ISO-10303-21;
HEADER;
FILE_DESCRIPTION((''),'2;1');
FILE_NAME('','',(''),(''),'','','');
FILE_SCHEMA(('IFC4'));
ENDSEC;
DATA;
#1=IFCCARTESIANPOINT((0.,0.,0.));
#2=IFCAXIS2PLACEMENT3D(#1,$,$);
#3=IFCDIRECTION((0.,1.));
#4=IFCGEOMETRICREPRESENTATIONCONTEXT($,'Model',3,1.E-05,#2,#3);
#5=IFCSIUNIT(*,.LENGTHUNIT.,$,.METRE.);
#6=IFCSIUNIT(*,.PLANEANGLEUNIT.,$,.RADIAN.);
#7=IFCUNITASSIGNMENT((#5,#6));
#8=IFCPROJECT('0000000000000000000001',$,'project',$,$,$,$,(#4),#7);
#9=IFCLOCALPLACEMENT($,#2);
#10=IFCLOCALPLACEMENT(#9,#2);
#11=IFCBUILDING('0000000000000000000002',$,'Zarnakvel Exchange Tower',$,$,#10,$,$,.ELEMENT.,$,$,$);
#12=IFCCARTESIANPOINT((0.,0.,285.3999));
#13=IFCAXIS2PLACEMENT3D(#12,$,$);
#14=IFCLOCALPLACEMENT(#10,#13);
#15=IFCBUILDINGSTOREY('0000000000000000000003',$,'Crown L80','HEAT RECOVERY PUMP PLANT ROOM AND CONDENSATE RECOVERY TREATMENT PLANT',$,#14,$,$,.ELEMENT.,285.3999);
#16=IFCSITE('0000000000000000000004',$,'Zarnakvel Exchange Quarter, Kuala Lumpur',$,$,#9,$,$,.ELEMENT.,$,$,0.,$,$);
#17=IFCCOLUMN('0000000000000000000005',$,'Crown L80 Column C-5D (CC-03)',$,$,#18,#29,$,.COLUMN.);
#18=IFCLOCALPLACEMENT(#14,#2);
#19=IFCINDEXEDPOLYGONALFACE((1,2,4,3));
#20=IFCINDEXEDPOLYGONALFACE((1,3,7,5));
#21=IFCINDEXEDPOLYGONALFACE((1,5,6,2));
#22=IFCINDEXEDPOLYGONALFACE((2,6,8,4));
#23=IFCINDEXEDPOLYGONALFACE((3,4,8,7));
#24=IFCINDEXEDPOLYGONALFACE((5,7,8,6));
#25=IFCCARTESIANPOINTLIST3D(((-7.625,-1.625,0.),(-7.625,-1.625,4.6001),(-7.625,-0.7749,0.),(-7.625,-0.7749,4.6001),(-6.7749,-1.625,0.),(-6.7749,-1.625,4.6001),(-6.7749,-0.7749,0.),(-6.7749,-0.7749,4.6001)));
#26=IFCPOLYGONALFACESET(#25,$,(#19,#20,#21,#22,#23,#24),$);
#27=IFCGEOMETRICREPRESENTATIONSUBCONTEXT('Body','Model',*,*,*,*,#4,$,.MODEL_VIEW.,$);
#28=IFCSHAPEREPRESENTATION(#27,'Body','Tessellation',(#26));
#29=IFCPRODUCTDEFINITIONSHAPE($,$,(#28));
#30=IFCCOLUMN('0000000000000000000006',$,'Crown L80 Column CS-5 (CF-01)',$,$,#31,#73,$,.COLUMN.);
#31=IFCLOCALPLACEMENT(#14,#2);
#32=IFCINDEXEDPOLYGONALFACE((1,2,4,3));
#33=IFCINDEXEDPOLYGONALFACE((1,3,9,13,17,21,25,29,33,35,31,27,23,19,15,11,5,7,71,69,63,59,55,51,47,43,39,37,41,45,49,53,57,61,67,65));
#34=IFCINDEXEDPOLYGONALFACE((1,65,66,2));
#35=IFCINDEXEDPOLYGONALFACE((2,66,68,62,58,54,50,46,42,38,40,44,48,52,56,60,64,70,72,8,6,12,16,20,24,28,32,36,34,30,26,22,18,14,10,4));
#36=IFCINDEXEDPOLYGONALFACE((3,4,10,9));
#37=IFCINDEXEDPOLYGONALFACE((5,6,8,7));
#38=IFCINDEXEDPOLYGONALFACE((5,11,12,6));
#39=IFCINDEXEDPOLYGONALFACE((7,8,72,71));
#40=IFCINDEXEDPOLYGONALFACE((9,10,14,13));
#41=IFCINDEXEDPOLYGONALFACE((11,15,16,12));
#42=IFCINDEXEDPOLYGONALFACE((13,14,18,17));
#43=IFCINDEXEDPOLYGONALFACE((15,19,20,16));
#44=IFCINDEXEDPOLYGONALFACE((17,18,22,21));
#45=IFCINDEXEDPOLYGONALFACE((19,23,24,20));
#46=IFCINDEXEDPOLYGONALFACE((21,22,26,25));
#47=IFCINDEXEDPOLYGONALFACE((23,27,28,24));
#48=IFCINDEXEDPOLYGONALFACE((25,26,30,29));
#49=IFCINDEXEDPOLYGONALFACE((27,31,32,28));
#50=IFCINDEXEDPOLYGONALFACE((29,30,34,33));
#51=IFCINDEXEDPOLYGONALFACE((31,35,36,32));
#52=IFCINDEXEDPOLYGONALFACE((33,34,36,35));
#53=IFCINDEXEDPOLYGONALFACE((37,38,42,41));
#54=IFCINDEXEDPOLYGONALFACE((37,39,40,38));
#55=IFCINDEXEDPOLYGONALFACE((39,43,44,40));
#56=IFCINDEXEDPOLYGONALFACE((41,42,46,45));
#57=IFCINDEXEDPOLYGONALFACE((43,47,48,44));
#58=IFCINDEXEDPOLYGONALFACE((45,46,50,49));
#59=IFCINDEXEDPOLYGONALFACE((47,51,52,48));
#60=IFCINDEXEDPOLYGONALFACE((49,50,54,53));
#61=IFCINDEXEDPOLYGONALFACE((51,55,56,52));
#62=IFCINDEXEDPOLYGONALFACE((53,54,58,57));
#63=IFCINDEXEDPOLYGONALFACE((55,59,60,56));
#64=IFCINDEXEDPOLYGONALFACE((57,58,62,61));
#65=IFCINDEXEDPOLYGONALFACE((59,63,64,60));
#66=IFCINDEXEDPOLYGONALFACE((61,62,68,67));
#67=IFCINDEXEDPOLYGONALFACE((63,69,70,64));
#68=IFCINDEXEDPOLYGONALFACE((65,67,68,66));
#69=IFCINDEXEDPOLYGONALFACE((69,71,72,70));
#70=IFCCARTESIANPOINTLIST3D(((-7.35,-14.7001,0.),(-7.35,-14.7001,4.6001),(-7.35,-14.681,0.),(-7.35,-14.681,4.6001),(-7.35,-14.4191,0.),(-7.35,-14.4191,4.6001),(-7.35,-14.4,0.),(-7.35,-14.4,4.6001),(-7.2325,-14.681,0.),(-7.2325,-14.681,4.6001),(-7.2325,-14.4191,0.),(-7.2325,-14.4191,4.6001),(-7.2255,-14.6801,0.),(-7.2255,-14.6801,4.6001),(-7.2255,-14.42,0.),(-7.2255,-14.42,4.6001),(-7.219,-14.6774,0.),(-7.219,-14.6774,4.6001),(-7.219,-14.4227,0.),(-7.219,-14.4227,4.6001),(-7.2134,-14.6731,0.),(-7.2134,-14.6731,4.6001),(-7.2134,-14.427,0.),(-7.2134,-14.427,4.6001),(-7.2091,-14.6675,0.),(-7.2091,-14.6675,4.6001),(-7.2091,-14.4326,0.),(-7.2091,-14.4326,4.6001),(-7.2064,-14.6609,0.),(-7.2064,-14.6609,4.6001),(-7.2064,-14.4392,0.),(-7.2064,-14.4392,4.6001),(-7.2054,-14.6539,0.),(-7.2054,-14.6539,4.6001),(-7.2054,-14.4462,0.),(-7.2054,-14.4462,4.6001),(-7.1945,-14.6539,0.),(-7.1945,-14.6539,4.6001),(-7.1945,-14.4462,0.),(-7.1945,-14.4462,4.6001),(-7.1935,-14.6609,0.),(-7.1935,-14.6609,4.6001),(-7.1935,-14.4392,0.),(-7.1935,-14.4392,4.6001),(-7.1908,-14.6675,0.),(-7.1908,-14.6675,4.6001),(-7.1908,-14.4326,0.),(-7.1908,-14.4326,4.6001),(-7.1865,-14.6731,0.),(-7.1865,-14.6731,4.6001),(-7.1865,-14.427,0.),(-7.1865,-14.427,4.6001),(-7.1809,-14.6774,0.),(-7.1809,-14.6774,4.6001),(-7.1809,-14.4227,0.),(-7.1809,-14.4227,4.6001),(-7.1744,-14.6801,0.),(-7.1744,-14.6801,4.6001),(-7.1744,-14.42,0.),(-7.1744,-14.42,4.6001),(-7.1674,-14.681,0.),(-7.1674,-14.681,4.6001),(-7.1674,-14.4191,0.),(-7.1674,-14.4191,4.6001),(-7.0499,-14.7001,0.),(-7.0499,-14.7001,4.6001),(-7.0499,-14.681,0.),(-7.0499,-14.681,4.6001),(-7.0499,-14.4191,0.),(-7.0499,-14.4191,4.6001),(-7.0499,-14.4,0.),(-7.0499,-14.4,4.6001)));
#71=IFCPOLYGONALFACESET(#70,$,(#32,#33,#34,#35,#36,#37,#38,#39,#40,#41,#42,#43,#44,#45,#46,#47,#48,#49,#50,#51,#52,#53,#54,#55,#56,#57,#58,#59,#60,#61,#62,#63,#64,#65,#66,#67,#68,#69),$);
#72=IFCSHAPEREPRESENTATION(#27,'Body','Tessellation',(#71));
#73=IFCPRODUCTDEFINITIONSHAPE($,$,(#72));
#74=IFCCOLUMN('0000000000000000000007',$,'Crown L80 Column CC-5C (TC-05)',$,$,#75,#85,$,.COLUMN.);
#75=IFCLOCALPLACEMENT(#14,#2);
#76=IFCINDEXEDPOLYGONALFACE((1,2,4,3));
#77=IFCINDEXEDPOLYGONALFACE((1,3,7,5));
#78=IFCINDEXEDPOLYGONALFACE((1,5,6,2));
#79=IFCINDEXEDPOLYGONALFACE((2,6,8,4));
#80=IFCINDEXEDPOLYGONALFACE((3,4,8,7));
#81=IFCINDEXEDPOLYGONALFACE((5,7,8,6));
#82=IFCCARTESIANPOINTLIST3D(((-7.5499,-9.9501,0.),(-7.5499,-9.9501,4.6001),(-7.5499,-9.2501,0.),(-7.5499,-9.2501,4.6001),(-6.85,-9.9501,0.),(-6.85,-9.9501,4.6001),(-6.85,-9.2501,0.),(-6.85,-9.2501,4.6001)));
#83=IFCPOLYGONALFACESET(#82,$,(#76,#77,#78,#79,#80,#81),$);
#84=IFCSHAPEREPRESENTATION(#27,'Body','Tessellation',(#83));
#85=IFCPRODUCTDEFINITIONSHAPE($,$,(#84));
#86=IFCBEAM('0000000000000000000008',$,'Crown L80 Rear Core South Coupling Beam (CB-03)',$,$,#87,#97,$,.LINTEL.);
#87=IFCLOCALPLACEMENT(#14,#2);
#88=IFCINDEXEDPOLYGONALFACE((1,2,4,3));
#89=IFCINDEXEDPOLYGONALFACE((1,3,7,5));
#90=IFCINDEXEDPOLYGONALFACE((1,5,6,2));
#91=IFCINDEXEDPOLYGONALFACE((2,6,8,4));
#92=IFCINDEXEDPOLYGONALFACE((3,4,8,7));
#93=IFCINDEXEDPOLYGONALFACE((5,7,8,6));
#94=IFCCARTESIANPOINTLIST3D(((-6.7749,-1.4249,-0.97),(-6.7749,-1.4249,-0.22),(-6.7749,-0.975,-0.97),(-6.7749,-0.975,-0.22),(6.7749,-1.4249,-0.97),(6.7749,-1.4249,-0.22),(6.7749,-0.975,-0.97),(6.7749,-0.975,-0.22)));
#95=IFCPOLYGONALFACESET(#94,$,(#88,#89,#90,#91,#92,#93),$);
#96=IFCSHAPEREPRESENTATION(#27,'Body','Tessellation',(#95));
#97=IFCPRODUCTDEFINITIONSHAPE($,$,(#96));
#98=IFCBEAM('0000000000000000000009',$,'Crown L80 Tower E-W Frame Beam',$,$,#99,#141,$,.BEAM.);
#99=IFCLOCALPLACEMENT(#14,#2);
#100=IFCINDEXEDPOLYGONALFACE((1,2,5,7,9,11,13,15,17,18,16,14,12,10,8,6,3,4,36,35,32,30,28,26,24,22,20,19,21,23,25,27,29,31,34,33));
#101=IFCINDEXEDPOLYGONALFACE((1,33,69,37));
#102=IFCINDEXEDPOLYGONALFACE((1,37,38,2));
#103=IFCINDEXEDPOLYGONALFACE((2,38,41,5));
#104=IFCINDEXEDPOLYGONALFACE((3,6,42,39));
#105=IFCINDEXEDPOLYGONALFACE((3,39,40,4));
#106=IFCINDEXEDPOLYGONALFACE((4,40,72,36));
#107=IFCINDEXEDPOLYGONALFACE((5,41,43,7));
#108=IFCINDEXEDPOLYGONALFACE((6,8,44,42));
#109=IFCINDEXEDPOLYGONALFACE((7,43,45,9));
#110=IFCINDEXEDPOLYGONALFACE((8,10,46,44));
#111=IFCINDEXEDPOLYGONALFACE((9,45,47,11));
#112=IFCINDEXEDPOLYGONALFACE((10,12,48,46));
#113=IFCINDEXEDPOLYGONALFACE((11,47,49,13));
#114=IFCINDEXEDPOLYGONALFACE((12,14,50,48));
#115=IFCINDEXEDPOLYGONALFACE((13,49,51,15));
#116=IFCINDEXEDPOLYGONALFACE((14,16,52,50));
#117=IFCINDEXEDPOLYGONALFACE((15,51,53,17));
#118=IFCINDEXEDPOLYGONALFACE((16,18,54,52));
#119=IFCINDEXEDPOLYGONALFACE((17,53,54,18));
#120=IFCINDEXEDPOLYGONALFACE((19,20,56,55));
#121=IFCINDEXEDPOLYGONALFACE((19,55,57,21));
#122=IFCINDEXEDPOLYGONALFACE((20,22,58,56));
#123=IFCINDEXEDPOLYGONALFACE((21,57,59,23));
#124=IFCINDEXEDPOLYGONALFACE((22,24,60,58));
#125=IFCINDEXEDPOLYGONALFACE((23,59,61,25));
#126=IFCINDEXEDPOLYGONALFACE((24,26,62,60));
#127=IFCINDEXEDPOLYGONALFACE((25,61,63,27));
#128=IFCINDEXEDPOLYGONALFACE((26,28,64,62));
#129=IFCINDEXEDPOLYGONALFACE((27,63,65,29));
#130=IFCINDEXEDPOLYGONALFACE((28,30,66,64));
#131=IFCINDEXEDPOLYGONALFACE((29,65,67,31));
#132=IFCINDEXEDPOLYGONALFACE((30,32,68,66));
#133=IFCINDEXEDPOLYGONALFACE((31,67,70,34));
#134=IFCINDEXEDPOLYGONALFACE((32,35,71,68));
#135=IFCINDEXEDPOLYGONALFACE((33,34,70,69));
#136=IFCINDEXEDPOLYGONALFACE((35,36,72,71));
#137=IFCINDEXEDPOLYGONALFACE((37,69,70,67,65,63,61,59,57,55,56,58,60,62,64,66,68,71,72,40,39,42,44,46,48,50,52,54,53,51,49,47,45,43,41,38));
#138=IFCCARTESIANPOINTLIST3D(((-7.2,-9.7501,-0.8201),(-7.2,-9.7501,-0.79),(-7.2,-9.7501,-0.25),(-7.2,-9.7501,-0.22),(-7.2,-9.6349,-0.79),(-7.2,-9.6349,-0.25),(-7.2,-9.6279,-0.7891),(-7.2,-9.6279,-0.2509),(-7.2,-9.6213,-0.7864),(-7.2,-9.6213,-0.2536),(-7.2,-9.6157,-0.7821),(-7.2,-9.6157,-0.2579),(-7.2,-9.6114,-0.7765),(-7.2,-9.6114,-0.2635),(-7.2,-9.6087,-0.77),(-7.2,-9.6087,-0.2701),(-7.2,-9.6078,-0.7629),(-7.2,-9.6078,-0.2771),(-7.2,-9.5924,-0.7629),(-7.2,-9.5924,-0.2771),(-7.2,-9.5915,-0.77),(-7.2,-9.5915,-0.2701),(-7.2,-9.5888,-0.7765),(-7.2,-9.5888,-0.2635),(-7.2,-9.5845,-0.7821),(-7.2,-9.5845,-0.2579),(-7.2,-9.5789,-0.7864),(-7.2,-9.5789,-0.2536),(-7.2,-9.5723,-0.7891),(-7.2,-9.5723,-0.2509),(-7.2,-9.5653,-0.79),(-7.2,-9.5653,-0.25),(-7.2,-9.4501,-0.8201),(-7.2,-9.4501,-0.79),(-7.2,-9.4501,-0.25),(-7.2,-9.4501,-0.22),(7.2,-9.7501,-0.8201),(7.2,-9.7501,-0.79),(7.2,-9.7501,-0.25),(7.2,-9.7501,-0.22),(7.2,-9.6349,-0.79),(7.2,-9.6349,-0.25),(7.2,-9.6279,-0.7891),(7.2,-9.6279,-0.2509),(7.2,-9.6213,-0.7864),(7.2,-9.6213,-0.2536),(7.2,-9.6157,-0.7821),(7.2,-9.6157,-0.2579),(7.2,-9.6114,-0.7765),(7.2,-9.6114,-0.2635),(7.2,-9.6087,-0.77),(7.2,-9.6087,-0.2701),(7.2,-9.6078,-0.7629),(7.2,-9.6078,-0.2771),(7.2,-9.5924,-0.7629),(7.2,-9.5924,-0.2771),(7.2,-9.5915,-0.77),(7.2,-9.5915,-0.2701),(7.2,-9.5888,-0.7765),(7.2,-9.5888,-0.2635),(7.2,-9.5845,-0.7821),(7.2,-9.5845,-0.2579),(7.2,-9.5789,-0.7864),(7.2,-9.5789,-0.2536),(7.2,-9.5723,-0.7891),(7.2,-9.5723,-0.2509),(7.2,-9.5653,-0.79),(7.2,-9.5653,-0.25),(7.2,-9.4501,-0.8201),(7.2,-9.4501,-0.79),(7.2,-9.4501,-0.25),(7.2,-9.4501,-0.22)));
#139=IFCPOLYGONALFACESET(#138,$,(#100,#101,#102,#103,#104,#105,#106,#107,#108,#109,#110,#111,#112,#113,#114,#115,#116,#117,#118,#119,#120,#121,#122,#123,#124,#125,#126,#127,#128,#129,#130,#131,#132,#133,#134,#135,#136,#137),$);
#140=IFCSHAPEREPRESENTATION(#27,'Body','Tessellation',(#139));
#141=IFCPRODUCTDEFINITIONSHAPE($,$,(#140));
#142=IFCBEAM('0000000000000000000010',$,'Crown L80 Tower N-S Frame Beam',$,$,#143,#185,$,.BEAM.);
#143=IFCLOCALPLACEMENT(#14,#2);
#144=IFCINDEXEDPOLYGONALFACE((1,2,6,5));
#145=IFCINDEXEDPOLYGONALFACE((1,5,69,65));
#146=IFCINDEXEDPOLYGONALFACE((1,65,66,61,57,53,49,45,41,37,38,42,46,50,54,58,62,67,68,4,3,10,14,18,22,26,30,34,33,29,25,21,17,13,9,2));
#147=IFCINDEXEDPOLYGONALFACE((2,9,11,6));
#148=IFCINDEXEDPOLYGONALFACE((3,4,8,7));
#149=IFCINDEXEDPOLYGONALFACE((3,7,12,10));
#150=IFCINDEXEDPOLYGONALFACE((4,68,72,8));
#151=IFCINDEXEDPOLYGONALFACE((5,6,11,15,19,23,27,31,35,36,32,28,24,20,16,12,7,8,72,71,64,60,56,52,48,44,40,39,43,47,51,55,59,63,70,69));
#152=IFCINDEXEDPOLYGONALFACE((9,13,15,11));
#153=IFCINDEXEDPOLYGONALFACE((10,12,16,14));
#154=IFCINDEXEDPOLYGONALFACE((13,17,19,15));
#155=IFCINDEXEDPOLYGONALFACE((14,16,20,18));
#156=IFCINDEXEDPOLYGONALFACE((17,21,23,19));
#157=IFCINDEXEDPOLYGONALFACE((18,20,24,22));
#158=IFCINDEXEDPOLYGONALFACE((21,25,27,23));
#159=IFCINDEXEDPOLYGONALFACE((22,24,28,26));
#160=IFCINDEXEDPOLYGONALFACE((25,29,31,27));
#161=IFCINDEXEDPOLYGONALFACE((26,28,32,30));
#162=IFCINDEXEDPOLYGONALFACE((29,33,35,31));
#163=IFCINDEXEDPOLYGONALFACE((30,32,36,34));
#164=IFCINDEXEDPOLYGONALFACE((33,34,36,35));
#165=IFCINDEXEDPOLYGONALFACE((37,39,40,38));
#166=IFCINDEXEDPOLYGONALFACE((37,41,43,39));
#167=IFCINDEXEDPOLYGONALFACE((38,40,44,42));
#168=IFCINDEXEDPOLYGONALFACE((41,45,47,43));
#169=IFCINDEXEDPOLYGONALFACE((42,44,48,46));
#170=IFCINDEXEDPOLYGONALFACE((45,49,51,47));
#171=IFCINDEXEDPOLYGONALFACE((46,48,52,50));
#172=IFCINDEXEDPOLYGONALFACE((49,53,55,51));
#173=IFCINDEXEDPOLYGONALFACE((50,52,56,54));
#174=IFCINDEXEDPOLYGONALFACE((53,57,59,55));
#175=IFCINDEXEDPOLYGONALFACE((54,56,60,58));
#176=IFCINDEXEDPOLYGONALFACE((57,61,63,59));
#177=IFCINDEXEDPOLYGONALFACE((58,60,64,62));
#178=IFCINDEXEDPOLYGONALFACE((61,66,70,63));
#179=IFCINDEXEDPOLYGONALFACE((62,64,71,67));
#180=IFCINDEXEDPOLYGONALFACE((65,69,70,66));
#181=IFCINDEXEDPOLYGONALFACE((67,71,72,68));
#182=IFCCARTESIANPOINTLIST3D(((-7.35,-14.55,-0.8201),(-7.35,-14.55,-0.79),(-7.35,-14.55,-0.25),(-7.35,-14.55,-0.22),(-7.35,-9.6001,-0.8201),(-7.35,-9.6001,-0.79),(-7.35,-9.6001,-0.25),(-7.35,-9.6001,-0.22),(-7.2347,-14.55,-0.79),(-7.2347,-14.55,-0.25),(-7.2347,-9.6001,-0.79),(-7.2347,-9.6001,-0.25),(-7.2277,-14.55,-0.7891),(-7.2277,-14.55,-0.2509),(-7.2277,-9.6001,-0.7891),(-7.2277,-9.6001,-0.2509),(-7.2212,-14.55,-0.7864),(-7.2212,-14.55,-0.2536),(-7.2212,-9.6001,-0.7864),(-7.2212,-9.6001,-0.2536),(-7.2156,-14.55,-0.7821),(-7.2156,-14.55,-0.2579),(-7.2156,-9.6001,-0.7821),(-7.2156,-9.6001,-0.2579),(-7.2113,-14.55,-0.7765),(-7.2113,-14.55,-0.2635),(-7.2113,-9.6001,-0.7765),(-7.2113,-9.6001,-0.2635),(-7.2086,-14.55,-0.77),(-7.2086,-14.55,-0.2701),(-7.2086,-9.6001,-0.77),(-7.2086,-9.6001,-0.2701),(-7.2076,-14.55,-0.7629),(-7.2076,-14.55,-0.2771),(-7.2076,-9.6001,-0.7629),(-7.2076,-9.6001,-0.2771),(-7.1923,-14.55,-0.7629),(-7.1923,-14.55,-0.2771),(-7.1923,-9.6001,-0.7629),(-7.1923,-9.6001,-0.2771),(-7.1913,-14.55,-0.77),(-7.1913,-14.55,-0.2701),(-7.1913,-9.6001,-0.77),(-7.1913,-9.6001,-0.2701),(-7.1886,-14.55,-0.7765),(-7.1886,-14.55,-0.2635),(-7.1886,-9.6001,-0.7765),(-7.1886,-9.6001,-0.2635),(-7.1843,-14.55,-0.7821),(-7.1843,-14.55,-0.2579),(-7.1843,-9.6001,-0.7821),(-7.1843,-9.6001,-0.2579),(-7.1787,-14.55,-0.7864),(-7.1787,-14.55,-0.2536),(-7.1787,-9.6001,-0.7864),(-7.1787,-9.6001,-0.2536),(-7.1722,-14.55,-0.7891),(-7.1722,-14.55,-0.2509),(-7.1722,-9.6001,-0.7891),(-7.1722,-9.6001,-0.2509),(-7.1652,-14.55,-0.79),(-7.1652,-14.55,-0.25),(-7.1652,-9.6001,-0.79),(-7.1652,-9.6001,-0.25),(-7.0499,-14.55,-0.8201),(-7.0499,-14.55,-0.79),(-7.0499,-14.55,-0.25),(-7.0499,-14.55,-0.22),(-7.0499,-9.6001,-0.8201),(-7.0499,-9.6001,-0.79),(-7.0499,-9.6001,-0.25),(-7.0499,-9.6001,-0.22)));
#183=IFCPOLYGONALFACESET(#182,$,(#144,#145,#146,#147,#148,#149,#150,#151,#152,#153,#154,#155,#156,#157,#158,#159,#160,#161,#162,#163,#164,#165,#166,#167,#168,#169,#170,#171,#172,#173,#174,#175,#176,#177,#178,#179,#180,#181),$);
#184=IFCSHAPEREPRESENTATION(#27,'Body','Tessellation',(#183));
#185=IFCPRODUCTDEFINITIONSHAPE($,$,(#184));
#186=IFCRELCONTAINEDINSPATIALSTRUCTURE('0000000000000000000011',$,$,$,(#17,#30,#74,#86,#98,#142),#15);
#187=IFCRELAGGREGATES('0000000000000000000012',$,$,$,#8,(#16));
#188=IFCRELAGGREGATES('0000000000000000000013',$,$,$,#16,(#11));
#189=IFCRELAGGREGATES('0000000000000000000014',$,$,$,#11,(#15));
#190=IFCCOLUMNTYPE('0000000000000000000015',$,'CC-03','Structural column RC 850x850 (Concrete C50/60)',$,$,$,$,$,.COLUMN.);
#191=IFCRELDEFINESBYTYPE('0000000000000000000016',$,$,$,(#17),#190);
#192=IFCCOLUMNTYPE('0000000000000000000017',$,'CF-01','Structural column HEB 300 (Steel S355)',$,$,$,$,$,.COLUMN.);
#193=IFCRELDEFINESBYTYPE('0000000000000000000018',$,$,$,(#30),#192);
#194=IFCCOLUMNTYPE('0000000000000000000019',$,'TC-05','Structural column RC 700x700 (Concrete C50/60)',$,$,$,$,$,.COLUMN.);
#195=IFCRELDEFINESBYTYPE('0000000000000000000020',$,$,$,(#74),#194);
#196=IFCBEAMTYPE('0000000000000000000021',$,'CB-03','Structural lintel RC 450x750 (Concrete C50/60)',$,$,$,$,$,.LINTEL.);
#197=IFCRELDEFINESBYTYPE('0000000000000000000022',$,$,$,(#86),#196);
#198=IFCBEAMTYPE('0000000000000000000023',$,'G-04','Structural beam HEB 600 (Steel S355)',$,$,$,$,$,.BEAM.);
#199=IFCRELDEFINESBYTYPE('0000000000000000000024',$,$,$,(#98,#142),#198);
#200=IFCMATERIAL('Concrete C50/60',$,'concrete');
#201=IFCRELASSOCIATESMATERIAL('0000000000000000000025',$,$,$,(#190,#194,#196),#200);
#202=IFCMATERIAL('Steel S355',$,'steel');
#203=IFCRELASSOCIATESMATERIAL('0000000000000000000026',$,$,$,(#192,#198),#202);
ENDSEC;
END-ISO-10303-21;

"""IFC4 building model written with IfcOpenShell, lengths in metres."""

from ifc_helpers import new_model, si_unit, direction, frame, origin, origin_2d, place, context, subcontext, project, spatial, rectangle, i_section, extrude, material, material_profile, profile_set, type_object, element, save


model = new_model("IFC4")

# Units and contexts
model_context = context("Model", 3, precision=1e-05, world=origin(), true_north=direction((0.0, 1.0)))
body_context = subcontext(model_context, "Body", "Model", "MODEL_VIEW")
ifc_project = project(units=[si_unit("LENGTHUNIT", "METRE"), si_unit("PLANEANGLEUNIT", "RADIAN")], contexts=[model_context])

# Site, building, storey
site_placement = place(None, origin())
site = spatial("IfcSite", under=ifc_project, at=site_placement, Name="Zarnakvel Exchange Quarter, Kuala Lumpur", CompositionType="ELEMENT", RefElevation=0.0)
building_placement = place(site_placement, origin())
building = spatial("IfcBuilding", under=site, at=building_placement, Name="Zarnakvel Exchange Tower", CompositionType="ELEMENT")
storey_placement = place(building_placement, frame((0.0, 0.0, 285.3999)))
storey = spatial("IfcBuildingStorey", under=building, at=storey_placement, Name="Crown L80", Description="HEAT RECOVERY PUMP PLANT ROOM AND CONDENSATE RECOVERY TREATMENT PLANT", CompositionType="ELEMENT", Elevation=285.3999)

# Columns
ifc_material_1 = material(Name="Concrete C50/60", Category="concrete")
ifc_material_profile_1 = material_profile(ifc_material_1, rectangle(XDim=0.8501, YDim=0.8501, at=origin_2d()))
ifc_profile_set_1 = profile_set([ifc_material_profile_1], Name="Concrete C50/60")
column_type_1 = type_object("IfcColumnType", Name="CC-03", Description="Structural column RC 850x850 (Concrete C50/60)", PredefinedType="COLUMN", material=ifc_profile_set_1)
column_1_placement = place(storey_placement, frame((-7.2, -1.2, 0.0), z_axis=(0.0, 0.0, 1.0), x_axis=(1.0, 0.0, 0.0)))
element("IfcColumn", 1, at=column_1_placement, inside=storey, type_object=column_type_1, Name="Crown L80 Column C-5D (CC-03)", PredefinedType="COLUMN", context=body_context, shape_type="SweptSolid", body=[
    extrude(rectangle(XDim=0.8501, YDim=0.8501, at=origin_2d()), origin(), (0.0, 0.0, 1.0), 4.6001),
])
ifc_material_2 = material(Name="Steel S355", Category="steel")
ifc_material_profile_2 = material_profile(ifc_material_2, i_section(OverallWidth=0.3, OverallDepth=0.3, WebThickness=0.011, FlangeThickness=0.019, FilletRadius=0.0271, at=origin_2d()))
ifc_profile_set_2 = profile_set([ifc_material_profile_2], Name="Steel S355")
column_type_2 = type_object("IfcColumnType", Name="CF-01", Description="Structural column HEB 300 (Steel S355)", PredefinedType="COLUMN", material=ifc_profile_set_2)
column_2_placement = place(storey_placement, frame((-7.2, -14.55, 0.0), z_axis=(0.0, 0.0, 1.0), x_axis=(1.0, 0.0, 0.0)))
element("IfcColumn", 2, at=column_2_placement, inside=storey, type_object=column_type_2, Name="Crown L80 Column CS-5 (CF-01)", PredefinedType="COLUMN", context=body_context, shape_type="SweptSolid", body=[
    extrude(i_section(OverallWidth=0.3, OverallDepth=0.3, WebThickness=0.011, FlangeThickness=0.019, FilletRadius=0.0271, at=origin_2d()), origin(), (0.0, 0.0, 1.0), 4.6001),
])
ifc_material_profile_3 = material_profile(ifc_material_1, rectangle(XDim=0.7, YDim=0.7, at=origin_2d()))
ifc_profile_set_3 = profile_set([ifc_material_profile_3], Name="Concrete C50/60")
column_type_3 = type_object("IfcColumnType", Name="TC-05", Description="Structural column RC 700x700 (Concrete C50/60)", PredefinedType="COLUMN", material=ifc_profile_set_3)
column_3_placement = place(storey_placement, frame((-7.2, -9.6001, 0.0), z_axis=(0.0, 0.0, 1.0), x_axis=(1.0, 0.0, 0.0)))
element("IfcColumn", 3, at=column_3_placement, inside=storey, type_object=column_type_3, Name="Crown L80 Column CC-5C (TC-05)", PredefinedType="COLUMN", context=body_context, shape_type="SweptSolid", body=[
    extrude(rectangle(XDim=0.7, YDim=0.7, at=origin_2d()), origin(), (0.0, 0.0, 1.0), 4.6001),
])

# Beams
ifc_material_profile_4 = material_profile(ifc_material_1, rectangle(XDim=0.45, YDim=0.75, at=origin_2d()))
ifc_profile_set_4 = profile_set([ifc_material_profile_4], Name="Concrete C50/60")
beam_type_1 = type_object("IfcBeamType", Name="CB-03", Description="Structural lintel RC 450x750 (Concrete C50/60)", PredefinedType="LINTEL", material=ifc_profile_set_4)
beam_1_placement = place(storey_placement, frame((-6.7749, -1.2, -0.595), z_axis=(1.0, 0.0, 0.0), x_axis=(0.0, 1.0, 0.0)))
element("IfcBeam", 4, at=beam_1_placement, inside=storey, type_object=beam_type_1, Name="Crown L80 Rear Core South Coupling Beam (CB-03)", PredefinedType="LINTEL", context=body_context, shape_type="SweptSolid", body=[
    extrude(rectangle(XDim=0.45, YDim=0.75, at=origin_2d()), origin(), (0.0, 0.0, 1.0), 13.5498),
])
ifc_material_profile_5 = material_profile(ifc_material_2, i_section(OverallWidth=0.3, OverallDepth=0.6001, WebThickness=0.0154, FlangeThickness=0.03, FilletRadius=0.0271, at=origin_2d()))
ifc_profile_set_5 = profile_set([ifc_material_profile_5], Name="Steel S355")
beam_type_2 = type_object("IfcBeamType", Name="G-04", Description="Structural beam HEB 600 (Steel S355)", PredefinedType="BEAM", material=ifc_profile_set_5)
beam_2_placement = place(storey_placement, frame((-7.2, -9.6001, -0.52), z_axis=(1.0, 0.0, 0.0), x_axis=(0.0, 1.0, 0.0)))
element("IfcBeam", 5, at=beam_2_placement, inside=storey, type_object=beam_type_2, Name="Crown L80 Tower E-W Frame Beam", PredefinedType="BEAM", context=body_context, shape_type="SweptSolid", body=[
    extrude(i_section(OverallWidth=0.3, OverallDepth=0.6001, WebThickness=0.0154, FlangeThickness=0.03, FilletRadius=0.0271, at=origin_2d()), origin(), (0.0, 0.0, 1.0), 14.3999),
])
beam_3_placement = place(storey_placement, frame((-7.2, -14.55, -0.52), z_axis=(0.0, 1.0, 0.0), x_axis=(-1.0, 0.0, 0.0)))
element("IfcBeam", 6, at=beam_3_placement, inside=storey, type_object=beam_type_2, Name="Crown L80 Tower N-S Frame Beam", PredefinedType="BEAM", context=body_context, shape_type="SweptSolid", body=[
    extrude(i_section(OverallWidth=0.3, OverallDepth=0.6001, WebThickness=0.0154, FlangeThickness=0.03, FilletRadius=0.0271, at=origin_2d()), origin(), (0.0, 0.0, 1.0), 4.95),
])

save(model, "model.ifc")
